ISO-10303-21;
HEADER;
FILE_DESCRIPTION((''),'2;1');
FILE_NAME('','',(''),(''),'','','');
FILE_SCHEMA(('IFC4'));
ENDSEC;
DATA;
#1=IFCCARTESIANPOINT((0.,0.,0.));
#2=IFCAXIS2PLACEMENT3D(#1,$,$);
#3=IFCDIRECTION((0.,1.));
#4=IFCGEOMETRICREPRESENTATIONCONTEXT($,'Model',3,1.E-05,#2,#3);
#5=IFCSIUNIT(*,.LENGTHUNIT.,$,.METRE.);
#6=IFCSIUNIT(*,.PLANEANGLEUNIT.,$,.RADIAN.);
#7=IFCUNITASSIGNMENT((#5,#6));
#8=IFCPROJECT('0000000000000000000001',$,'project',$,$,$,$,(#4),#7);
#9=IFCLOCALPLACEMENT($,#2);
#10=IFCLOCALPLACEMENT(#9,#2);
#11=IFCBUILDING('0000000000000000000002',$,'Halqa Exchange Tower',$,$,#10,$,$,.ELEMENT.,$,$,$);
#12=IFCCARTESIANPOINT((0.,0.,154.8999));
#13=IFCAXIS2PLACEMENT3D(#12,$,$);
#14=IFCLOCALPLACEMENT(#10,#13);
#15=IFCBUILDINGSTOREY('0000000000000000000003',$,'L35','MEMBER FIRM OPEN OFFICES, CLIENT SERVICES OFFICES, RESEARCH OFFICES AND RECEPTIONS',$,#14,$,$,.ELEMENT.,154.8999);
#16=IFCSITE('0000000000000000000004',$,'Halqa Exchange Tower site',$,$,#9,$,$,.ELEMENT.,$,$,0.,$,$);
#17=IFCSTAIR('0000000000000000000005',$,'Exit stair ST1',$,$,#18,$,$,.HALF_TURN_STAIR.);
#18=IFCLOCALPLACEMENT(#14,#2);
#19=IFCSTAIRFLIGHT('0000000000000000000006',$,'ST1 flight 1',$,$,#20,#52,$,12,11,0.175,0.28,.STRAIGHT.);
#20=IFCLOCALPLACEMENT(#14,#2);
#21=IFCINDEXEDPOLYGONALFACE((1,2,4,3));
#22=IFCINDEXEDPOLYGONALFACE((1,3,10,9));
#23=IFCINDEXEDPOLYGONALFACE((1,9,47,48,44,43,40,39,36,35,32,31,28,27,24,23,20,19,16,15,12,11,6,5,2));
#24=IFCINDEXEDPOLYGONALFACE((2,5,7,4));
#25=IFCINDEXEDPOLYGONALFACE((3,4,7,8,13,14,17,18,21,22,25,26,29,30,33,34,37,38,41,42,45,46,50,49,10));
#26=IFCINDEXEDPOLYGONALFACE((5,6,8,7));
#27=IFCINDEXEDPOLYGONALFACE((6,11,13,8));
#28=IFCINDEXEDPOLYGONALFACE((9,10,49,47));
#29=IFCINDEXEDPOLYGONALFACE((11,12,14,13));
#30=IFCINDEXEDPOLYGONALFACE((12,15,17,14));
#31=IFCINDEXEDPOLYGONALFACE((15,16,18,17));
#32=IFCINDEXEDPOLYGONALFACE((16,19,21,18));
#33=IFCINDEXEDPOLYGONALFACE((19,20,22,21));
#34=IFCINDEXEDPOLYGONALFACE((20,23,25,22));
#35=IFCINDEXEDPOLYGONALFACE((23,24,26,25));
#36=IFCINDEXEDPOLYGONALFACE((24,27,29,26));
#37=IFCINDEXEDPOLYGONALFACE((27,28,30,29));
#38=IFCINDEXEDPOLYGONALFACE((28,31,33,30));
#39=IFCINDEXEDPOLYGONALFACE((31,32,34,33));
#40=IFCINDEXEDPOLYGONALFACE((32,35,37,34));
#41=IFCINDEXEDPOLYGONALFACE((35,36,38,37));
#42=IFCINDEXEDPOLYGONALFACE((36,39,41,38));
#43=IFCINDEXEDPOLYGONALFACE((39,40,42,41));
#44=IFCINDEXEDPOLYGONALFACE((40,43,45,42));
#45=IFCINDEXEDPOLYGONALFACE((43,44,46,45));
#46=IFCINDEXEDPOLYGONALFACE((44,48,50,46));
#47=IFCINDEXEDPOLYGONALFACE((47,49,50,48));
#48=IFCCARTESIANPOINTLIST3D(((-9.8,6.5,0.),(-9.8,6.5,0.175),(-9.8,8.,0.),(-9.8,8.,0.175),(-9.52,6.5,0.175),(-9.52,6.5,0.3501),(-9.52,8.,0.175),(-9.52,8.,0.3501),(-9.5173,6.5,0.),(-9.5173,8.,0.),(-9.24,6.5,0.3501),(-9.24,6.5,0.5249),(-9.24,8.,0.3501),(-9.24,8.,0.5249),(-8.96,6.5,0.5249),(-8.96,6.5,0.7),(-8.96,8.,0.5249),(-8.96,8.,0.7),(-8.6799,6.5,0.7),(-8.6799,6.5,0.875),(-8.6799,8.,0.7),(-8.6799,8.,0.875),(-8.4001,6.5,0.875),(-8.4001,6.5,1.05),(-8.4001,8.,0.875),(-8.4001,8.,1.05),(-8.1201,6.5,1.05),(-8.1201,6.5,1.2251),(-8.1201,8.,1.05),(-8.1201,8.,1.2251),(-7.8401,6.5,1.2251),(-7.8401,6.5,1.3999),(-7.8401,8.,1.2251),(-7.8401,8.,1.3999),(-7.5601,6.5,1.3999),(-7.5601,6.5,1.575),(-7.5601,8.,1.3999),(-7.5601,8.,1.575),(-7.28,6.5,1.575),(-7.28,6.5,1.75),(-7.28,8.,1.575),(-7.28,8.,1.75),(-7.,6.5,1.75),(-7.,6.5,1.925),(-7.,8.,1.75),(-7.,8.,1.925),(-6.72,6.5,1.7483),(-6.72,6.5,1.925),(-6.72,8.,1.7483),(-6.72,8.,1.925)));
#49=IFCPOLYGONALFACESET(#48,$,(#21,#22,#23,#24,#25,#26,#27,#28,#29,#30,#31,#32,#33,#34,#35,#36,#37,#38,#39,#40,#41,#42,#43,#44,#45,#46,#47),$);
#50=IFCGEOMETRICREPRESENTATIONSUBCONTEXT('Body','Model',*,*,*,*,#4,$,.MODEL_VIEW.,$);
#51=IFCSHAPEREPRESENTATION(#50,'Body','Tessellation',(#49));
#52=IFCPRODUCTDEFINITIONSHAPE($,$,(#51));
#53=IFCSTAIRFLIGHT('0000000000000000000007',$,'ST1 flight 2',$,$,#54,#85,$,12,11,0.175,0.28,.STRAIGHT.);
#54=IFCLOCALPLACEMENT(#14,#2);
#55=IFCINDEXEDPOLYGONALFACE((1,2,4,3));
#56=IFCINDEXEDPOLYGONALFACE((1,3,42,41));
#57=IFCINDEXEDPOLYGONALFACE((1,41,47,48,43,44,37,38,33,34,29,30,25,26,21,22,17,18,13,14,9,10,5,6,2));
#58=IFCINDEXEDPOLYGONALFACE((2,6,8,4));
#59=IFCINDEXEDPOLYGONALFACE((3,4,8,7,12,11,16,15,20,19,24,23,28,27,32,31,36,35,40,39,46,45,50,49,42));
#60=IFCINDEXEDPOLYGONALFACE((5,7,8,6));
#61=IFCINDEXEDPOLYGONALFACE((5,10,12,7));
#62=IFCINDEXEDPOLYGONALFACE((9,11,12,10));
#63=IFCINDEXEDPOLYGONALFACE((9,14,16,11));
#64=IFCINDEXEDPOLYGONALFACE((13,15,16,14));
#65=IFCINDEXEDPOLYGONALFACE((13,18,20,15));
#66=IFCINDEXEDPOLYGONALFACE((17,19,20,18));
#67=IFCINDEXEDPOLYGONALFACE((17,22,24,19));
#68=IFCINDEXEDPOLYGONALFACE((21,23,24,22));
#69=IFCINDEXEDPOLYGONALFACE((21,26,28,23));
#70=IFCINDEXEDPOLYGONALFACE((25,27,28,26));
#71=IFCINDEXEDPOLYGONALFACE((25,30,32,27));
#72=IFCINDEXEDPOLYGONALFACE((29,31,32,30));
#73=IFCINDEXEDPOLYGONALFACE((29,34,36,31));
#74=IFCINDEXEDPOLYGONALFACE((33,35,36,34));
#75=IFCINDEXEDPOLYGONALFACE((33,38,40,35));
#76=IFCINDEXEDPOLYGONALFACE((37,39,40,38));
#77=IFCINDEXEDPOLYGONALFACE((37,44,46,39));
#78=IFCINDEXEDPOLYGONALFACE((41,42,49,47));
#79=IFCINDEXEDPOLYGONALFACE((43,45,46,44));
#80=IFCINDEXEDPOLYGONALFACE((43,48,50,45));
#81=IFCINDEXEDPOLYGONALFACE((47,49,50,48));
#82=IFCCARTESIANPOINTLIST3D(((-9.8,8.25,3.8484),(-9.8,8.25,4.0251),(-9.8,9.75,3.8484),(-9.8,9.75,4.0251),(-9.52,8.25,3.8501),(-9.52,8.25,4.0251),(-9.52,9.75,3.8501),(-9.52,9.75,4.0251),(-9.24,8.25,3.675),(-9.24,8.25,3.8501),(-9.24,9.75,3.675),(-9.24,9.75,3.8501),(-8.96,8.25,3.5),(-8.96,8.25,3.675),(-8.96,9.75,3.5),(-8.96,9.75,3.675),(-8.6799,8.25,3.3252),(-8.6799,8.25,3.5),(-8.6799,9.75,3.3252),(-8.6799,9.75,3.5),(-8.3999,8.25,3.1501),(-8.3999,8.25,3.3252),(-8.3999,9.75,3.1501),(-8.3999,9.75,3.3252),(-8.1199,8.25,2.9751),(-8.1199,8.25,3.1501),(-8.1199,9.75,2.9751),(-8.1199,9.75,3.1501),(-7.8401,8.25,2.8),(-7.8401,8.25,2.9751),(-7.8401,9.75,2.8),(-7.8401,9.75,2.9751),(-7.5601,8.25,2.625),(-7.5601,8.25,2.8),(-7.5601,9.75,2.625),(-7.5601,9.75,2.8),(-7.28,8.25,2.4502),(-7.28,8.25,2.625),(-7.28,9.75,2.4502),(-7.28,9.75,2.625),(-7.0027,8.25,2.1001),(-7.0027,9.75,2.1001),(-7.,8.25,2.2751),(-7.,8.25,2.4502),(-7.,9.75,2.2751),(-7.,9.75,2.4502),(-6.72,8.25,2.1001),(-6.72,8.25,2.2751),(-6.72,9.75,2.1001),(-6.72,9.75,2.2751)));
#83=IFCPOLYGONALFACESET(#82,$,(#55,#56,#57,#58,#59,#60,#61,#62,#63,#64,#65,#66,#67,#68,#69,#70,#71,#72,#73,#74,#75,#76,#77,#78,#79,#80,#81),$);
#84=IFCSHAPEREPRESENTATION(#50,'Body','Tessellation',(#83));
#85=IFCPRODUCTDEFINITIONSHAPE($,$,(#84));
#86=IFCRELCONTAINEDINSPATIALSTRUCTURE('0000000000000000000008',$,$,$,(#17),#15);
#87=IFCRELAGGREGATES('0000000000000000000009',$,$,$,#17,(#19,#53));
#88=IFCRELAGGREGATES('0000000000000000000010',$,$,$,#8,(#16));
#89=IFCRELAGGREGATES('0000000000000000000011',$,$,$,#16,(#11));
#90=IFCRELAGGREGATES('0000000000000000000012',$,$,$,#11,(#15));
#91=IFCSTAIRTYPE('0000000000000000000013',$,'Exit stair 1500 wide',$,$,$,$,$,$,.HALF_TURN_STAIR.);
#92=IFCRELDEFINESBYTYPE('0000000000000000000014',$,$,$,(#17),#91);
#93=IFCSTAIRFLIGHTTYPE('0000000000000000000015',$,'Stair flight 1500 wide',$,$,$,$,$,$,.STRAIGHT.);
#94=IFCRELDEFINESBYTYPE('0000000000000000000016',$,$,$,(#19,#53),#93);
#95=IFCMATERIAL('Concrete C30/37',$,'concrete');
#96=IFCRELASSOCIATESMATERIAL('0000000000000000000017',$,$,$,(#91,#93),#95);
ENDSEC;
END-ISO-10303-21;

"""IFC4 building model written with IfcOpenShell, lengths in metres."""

from ifc_helpers import new_model, si_unit, direction, frame, origin, place, context, subcontext, project, spatial, polyline, outline, extrude, material, type_object, element, aggregate, save


model = new_model("IFC4")

# Units and contexts
model_context = context("Model", 3, precision=1e-05, world=origin(), true_north=direction((0.0, 1.0)))
body_context = subcontext(model_context, "Body", "Model", "MODEL_VIEW")
ifc_project = project(units=[si_unit("LENGTHUNIT", "METRE"), si_unit("PLANEANGLEUNIT", "RADIAN")], contexts=[model_context])

# Site, building, storey
site_placement = place(None, origin())
site = spatial("IfcSite", under=ifc_project, at=site_placement, Name="Halqa Exchange Tower site", CompositionType="ELEMENT", RefElevation=0.0)
building_placement = place(site_placement, origin())
building = spatial("IfcBuilding", under=site, at=building_placement, Name="Halqa Exchange Tower", CompositionType="ELEMENT")
storey_placement = place(building_placement, frame((0.0, 0.0, 154.8999)))
storey = spatial("IfcBuildingStorey", under=building, at=storey_placement, Name="L35", Description="MEMBER FIRM OPEN OFFICES, CLIENT SERVICES OFFICES, RESEARCH OFFICES AND RECEPTIONS", CompositionType="ELEMENT", Elevation=154.8999)

# Shared definitions
ifc_material_1 = material(Name="Concrete C30/37", Category="concrete")

# Stair, stair flights
stair_type = type_object("IfcStairType", Name="Exit stair 1500 wide", PredefinedType="HALF_TURN_STAIR", material=ifc_material_1)
stair_placement = place(storey_placement, origin())
stair = element("IfcStair", 1, at=stair_placement, inside=storey, type_object=stair_type, Name="Exit stair ST1", PredefinedType="HALF_TURN_STAIR")
stair_flight_type = type_object("IfcStairFlightType", Name="Stair flight 1500 wide", PredefinedType="STRAIGHT", material=ifc_material_1)
stair_flight_1_placement = place(storey_placement, frame((-9.8, 7.25, 0.0), z_axis=(0.0, 0.0, 1.0), x_axis=(1.0, 0.0, 0.0)))
stair_flight_1 = element("IfcStairFlight", 2, at=stair_flight_1_placement, type_object=stair_flight_type, Name="ST1 flight 1", NumberOfRisers=12, NumberOfTreads=11, PredefinedType="STRAIGHT", RiserHeight=0.175, TreadLength=0.28, context=body_context, shape_type="SweptSolid", body=[
    extrude(outline(polyline([(0.0, 0.0), (0.0, 0.175), (0.28, 0.175), (0.28, 0.3501), (0.5601, 0.3501), (0.5601, 0.5249), (0.8401, 0.5249), (0.8401, 0.7), (1.1201, 0.7), (1.1201, 0.875), (1.3999, 0.875), (1.3999, 1.05), (1.6799, 1.05), (1.6799, 1.2251), (1.96, 1.2251), (1.96, 1.3999), (2.24, 1.3999), (2.24, 1.575), (2.52, 1.575), (2.52, 1.75), (2.8, 1.75), (2.8, 1.925), (3.0801, 1.925), (3.0801, 2.1001), (3.0801, 1.7483), (0.2827, 0.0), (0.0, 0.0)])), frame((0.0, 0.75, 0.0), z_axis=(0.0, -1.0, 0.0), x_axis=(1.0, 0.0, 0.0)), (0.0, 0.0, 1.0), 1.5),
])
stair_flight_2_placement = place(storey_placement, frame((-6.72, 9.0, 2.1001), z_axis=(0.0, 0.0, 1.0), x_axis=(-1.0, 0.0, 0.0)))
stair_flight_2 = element("IfcStairFlight", 3, at=stair_flight_2_placement, type_object=stair_flight_type, Name="ST1 flight 2", NumberOfRisers=12, NumberOfTreads=11, PredefinedType="STRAIGHT", RiserHeight=0.175, TreadLength=0.28, context=body_context, shape_type="SweptSolid", body=[
    extrude(outline(polyline([(0.0, 0.0), (0.0, 0.175), (0.28, 0.175), (0.28, 0.3501), (0.5601, 0.3501), (0.5601, 0.5249), (0.8401, 0.5249), (0.8401, 0.7), (1.1201, 0.7), (1.1201, 0.875), (1.3999, 0.875), (1.3999, 1.05), (1.6799, 1.05), (1.6799, 1.2251), (1.96, 1.2251), (1.96, 1.3999), (2.24, 1.3999), (2.24, 1.575), (2.52, 1.575), (2.52, 1.75), (2.8, 1.75), (2.8, 1.925), (3.0801, 1.925), (3.0801, 2.1001), (3.0801, 1.7483), (0.2827, 0.0), (0.0, 0.0)])), frame((0.0, 0.75, 0.0), z_axis=(0.0, -1.0, 0.0), x_axis=(1.0, 0.0, 0.0)), (0.0, 0.0, 1.0), 1.5),
])
aggregate(stair, [stair_flight_1, stair_flight_2])

save(model, "model.ifc")
